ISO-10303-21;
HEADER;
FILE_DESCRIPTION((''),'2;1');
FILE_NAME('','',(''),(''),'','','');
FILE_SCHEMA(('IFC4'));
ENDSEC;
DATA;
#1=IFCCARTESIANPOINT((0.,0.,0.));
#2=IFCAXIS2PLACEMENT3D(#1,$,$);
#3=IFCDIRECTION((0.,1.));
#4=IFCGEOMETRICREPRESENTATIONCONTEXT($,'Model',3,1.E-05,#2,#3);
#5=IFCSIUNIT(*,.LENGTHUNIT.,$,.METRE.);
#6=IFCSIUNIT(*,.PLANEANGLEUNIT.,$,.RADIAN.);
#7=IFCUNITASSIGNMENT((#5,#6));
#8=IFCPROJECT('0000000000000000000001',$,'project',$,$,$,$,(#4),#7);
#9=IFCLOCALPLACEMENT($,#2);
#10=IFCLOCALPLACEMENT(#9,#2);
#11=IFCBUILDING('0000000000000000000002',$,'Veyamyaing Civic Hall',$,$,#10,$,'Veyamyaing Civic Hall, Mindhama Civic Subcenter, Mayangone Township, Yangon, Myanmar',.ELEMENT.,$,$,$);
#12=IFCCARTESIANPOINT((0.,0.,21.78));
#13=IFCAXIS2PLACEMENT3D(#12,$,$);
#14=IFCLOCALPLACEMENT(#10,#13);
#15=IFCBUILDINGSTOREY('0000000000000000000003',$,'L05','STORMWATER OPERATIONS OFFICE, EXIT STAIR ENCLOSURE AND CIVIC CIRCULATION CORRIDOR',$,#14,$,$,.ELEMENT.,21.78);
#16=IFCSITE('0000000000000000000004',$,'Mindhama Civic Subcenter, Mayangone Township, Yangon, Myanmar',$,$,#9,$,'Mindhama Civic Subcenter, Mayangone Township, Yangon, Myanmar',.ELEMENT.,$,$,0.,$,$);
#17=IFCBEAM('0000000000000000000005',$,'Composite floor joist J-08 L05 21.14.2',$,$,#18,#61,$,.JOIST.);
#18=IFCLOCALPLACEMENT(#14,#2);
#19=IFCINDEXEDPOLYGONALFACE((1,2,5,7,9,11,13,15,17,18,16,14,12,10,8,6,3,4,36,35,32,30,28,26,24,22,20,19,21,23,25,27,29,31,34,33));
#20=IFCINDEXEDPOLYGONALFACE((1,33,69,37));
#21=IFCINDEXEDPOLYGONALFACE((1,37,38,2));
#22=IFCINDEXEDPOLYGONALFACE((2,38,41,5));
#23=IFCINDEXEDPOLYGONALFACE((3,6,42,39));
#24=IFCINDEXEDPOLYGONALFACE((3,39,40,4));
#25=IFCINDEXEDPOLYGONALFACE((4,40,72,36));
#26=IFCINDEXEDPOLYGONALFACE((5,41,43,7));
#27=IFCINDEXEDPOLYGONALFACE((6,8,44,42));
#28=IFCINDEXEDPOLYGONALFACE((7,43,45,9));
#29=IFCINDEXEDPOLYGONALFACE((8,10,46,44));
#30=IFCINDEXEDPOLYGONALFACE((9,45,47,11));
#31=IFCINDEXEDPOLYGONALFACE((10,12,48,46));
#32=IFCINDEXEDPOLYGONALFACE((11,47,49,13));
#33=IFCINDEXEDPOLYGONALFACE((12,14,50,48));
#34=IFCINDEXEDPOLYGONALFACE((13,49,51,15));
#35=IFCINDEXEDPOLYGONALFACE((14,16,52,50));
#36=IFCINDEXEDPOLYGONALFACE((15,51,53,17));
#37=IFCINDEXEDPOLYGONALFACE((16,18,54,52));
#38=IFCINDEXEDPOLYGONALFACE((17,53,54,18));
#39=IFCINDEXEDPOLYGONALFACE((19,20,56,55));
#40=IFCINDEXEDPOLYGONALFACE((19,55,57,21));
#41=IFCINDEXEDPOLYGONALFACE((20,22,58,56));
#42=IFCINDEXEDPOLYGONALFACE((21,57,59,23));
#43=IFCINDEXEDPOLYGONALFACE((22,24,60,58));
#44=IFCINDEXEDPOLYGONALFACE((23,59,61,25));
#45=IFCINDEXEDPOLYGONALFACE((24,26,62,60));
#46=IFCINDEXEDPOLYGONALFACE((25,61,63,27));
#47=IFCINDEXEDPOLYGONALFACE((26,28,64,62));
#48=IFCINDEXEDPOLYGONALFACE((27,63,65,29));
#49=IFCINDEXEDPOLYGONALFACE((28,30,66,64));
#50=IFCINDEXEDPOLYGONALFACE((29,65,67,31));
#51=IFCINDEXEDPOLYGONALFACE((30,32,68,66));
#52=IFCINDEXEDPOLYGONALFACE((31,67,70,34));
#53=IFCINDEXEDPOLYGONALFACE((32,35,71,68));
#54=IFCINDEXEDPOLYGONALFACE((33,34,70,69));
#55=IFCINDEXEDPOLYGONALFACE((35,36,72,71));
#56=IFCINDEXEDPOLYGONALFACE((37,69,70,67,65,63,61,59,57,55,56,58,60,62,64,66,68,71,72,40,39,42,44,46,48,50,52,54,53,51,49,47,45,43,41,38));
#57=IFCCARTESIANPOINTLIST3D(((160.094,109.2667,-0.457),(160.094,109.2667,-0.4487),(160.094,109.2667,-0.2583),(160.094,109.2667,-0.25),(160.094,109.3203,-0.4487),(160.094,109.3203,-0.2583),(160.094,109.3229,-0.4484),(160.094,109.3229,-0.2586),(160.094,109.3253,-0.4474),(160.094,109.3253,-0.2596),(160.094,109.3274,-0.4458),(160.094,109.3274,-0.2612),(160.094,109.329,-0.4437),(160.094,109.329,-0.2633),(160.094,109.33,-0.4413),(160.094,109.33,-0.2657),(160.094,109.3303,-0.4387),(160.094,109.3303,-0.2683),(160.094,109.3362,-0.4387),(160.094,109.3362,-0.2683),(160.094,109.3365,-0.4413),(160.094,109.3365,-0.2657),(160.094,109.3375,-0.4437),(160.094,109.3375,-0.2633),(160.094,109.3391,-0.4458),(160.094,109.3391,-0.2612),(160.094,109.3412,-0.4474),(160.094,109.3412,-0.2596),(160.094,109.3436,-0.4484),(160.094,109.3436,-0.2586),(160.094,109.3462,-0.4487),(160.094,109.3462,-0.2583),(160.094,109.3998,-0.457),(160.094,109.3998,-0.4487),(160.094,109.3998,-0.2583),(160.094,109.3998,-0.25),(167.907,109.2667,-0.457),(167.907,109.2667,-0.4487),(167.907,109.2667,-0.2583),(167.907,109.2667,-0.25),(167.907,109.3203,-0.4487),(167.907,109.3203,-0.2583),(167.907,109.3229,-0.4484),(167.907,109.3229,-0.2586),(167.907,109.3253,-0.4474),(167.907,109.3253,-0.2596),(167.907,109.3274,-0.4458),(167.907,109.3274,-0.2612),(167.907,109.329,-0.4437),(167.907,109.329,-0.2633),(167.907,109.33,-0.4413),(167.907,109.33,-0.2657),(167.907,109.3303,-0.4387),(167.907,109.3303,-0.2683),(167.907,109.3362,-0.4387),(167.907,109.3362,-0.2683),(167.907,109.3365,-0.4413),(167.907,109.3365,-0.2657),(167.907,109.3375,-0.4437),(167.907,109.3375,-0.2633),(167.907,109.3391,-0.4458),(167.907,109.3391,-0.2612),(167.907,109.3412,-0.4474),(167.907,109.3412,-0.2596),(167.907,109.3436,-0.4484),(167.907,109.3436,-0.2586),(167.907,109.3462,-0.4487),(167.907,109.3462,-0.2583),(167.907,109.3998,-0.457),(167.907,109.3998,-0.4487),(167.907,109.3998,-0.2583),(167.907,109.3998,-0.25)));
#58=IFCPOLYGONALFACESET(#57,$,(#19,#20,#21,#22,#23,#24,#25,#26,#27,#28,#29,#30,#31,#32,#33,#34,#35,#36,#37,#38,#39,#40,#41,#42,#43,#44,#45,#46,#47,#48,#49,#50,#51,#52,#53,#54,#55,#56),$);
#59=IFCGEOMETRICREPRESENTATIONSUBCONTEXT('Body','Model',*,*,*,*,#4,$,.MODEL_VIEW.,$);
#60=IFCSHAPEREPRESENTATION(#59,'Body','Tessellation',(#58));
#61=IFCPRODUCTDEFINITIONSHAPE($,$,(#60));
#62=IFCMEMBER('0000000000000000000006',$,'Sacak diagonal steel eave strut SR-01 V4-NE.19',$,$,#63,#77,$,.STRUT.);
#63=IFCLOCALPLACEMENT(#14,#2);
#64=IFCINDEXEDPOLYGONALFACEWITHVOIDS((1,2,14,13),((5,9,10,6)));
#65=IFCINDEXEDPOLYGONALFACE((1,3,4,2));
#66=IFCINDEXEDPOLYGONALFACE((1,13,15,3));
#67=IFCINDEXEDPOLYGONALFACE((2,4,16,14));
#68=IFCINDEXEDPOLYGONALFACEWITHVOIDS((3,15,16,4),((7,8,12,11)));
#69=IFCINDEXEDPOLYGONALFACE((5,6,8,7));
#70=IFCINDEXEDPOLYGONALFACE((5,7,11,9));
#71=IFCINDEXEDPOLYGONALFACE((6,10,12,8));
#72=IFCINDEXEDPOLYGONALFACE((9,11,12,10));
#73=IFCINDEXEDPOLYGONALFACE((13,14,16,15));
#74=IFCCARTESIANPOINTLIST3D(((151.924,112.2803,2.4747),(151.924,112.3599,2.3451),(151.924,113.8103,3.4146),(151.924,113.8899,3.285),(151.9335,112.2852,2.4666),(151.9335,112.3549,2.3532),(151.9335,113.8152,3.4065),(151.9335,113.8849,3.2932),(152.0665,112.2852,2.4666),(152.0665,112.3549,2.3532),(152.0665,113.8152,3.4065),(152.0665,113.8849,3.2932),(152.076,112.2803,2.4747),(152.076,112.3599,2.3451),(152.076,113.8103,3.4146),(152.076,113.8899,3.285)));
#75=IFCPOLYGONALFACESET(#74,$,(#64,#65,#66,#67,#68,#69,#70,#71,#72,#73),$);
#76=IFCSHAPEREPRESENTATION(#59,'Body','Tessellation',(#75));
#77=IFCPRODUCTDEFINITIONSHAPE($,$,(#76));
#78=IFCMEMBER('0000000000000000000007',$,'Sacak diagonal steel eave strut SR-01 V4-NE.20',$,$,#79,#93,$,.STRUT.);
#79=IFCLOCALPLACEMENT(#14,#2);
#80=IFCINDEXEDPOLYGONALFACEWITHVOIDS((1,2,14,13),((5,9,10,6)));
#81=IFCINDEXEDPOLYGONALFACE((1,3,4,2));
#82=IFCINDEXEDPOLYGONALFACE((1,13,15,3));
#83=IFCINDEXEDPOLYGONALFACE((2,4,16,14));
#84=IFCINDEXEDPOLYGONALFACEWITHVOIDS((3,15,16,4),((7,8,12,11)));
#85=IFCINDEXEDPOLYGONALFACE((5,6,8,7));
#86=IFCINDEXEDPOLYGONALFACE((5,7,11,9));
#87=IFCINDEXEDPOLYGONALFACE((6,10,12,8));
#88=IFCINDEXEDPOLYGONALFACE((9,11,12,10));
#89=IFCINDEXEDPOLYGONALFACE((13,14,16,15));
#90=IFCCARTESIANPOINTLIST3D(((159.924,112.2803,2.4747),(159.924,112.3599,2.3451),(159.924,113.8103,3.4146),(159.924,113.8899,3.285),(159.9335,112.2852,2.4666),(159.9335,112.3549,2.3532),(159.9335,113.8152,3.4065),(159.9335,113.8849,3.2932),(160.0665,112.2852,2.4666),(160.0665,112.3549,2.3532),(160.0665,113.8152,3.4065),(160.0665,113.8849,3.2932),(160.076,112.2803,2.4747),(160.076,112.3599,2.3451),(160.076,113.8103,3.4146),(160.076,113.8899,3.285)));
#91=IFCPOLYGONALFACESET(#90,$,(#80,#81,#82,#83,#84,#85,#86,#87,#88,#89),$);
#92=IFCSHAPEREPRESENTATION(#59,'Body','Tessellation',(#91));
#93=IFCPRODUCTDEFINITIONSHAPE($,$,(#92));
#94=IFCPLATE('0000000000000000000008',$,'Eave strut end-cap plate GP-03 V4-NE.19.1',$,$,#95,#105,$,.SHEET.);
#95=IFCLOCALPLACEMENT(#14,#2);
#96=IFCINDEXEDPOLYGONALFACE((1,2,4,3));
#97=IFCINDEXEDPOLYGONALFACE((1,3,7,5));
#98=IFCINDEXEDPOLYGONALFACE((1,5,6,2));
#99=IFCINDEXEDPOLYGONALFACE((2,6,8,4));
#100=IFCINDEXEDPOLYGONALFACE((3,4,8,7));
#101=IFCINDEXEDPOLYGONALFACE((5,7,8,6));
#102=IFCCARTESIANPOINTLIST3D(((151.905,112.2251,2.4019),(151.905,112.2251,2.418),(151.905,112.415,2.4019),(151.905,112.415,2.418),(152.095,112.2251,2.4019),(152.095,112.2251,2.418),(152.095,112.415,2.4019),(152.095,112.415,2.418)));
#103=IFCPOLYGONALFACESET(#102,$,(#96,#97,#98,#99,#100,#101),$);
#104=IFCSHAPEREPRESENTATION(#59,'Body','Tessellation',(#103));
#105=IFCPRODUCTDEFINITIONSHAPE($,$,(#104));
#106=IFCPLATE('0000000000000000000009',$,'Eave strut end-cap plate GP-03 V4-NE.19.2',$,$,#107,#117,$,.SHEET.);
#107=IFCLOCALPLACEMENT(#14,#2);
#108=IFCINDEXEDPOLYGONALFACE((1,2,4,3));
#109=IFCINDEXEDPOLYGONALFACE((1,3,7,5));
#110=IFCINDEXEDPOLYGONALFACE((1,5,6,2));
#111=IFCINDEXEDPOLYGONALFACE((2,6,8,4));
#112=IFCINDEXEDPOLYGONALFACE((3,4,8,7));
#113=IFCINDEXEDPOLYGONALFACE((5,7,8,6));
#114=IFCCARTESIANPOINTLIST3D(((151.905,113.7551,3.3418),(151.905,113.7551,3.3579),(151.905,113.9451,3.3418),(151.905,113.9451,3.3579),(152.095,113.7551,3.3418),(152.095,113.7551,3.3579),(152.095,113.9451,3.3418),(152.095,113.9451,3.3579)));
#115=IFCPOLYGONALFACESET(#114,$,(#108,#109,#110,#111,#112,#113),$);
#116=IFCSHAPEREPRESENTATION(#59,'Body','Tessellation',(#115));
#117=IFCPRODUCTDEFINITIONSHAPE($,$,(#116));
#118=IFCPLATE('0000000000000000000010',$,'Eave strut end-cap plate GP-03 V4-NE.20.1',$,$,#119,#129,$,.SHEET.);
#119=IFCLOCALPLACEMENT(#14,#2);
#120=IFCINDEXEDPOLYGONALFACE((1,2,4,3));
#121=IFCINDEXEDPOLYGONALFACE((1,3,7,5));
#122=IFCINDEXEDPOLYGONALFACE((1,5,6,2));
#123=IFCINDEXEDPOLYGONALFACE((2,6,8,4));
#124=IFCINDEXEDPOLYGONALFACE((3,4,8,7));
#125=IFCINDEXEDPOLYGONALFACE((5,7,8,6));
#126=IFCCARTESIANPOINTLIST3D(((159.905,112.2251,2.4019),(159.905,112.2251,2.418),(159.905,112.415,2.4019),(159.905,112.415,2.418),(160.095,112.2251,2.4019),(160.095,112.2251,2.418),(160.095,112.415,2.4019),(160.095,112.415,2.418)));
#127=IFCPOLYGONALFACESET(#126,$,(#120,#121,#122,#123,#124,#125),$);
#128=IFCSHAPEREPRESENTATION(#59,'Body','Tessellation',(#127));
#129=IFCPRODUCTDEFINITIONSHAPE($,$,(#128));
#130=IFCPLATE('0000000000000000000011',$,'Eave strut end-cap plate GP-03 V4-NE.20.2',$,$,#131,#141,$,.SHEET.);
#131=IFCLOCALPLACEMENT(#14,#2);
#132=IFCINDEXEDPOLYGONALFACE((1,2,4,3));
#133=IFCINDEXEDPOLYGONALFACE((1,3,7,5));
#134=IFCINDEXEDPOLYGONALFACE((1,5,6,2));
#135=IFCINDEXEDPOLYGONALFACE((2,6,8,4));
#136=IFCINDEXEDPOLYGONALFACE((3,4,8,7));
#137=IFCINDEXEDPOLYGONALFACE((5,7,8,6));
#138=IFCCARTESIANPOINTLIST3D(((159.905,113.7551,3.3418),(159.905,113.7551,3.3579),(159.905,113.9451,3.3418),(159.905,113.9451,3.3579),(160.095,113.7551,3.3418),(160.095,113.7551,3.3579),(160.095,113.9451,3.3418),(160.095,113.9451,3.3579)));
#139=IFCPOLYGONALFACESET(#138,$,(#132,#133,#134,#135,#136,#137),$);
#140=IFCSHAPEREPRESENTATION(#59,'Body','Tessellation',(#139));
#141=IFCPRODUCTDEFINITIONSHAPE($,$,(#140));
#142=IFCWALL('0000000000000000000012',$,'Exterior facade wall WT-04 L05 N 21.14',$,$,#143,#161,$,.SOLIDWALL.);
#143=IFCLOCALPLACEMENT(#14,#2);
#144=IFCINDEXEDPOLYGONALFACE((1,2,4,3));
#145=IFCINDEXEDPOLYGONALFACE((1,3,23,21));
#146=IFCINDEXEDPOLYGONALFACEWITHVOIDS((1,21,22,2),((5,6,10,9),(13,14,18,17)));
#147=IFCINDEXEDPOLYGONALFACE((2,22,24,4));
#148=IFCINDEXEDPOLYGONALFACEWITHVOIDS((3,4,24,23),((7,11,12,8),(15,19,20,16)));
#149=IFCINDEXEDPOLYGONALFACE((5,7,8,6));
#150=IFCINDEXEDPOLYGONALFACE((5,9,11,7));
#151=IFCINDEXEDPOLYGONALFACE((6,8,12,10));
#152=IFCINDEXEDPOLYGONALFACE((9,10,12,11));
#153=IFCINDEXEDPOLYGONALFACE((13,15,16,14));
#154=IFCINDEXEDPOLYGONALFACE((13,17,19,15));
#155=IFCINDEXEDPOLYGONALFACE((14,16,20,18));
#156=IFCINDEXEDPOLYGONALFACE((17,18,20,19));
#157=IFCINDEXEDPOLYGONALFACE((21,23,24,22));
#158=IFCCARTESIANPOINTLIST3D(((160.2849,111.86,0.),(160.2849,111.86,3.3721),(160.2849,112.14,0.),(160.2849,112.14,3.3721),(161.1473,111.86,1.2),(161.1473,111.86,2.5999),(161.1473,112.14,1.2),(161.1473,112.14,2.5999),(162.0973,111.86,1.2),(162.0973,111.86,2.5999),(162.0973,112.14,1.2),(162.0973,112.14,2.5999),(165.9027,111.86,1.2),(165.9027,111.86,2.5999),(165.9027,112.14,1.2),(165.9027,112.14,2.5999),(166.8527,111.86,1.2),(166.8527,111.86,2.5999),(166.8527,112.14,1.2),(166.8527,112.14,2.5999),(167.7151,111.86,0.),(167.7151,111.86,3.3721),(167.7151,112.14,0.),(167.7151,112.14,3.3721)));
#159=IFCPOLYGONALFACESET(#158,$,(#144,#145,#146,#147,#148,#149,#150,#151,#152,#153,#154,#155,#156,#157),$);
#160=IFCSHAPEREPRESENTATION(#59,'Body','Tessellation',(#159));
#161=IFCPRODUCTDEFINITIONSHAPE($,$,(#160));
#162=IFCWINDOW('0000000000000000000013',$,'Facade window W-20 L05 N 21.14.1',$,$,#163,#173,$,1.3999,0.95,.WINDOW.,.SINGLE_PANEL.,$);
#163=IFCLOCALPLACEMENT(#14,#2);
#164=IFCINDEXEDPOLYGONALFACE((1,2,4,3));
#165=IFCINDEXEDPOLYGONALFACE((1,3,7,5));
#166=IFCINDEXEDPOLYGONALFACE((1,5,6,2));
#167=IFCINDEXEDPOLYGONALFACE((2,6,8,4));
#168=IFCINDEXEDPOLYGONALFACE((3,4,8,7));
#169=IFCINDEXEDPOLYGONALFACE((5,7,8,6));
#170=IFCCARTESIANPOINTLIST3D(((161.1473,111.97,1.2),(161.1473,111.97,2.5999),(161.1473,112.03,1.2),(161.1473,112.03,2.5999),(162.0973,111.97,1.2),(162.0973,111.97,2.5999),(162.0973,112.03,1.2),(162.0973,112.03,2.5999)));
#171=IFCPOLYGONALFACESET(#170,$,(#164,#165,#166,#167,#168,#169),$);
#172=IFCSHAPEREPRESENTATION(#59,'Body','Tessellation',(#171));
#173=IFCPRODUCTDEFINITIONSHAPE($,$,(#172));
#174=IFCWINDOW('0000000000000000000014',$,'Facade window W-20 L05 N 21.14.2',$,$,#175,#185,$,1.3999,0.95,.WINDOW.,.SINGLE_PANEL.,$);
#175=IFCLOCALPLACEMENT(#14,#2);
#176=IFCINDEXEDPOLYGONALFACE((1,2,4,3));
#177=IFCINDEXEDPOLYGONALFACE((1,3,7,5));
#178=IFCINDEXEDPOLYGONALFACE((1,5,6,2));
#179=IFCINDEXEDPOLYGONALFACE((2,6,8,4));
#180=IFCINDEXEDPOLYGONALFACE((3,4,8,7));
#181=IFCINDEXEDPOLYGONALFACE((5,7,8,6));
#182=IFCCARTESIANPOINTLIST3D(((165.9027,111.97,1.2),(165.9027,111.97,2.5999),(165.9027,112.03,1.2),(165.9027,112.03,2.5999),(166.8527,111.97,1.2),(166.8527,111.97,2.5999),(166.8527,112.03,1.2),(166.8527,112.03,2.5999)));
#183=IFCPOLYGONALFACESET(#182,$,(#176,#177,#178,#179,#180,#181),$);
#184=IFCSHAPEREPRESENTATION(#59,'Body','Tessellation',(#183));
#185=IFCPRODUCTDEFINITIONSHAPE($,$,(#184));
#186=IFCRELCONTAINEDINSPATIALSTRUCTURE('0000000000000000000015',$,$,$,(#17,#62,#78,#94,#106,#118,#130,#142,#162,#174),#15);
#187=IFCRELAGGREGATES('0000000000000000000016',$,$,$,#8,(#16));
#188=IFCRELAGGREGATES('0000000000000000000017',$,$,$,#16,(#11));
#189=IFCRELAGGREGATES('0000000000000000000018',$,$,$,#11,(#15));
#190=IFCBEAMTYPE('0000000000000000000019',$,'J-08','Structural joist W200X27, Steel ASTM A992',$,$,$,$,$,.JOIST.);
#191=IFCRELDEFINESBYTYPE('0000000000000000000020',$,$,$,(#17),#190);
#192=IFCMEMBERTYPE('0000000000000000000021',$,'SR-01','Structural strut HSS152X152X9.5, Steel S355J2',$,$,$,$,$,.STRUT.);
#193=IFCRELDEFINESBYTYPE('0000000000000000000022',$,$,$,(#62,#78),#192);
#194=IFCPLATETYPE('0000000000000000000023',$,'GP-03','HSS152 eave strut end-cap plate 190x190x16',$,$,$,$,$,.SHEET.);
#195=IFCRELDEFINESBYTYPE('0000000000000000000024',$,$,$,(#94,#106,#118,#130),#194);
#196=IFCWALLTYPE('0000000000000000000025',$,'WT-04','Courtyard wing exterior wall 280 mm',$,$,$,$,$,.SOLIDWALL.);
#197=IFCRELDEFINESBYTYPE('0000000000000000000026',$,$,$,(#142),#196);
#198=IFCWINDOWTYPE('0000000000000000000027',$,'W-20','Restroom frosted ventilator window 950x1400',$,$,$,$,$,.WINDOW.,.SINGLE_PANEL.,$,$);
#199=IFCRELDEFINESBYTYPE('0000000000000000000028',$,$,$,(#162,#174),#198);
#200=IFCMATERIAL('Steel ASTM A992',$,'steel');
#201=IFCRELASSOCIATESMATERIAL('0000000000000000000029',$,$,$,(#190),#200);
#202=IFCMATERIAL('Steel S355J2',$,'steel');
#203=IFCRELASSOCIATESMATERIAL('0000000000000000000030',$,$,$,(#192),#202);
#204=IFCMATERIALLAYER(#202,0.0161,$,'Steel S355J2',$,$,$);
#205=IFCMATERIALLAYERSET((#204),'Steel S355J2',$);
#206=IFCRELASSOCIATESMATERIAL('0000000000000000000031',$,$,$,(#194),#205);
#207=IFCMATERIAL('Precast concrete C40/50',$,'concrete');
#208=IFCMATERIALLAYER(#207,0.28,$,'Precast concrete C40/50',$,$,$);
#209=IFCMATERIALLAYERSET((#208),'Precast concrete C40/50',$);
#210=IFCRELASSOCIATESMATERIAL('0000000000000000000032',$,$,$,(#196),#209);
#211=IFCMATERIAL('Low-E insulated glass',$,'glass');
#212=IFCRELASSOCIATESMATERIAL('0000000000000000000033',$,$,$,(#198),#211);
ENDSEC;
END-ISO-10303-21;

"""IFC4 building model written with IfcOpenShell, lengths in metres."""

from ifc_helpers import new_model, si_unit, direction, frame, frame_2d, origin, origin_2d, place, context, subcontext, project, spatial, rectangle, hollow_rectangle, i_section, extrude, material, layer, layer_set, material_profile, profile_set, type_object, element, fill, save


model = new_model("IFC4")

# Units and contexts
model_context = context("Model", 3, precision=1e-05, world=origin(), true_north=direction((0.0, 1.0)))
body_context = subcontext(model_context, "Body", "Model", "MODEL_VIEW")
ifc_project = project(units=[si_unit("LENGTHUNIT", "METRE"), si_unit("PLANEANGLEUNIT", "RADIAN")], contexts=[model_context])

# Site, building, storey
site_placement = place(None, origin())
site = spatial("IfcSite", under=ifc_project, at=site_placement, Name="Mindhama Civic Subcenter, Mayangone Township, Yangon, Myanmar", LongName="Mindhama Civic Subcenter, Mayangone Township, Yangon, Myanmar", CompositionType="ELEMENT", RefElevation=0.0)
building_placement = place(site_placement, origin())
building = spatial("IfcBuilding", under=site, at=building_placement, Name="Veyamyaing Civic Hall", LongName="Veyamyaing Civic Hall, Mindhama Civic Subcenter, Mayangone Township, Yangon, Myanmar", CompositionType="ELEMENT")
storey_placement = place(building_placement, frame((0.0, 0.0, 21.78)))
storey = spatial("IfcBuildingStorey", under=building, at=storey_placement, Name="L05", Description="STORMWATER OPERATIONS OFFICE, EXIT STAIR ENCLOSURE AND CIVIC CIRCULATION CORRIDOR", CompositionType="ELEMENT", Elevation=21.78)

# Beam
ifc_material_1 = material(Name="Steel ASTM A992", Category="steel")
ifc_material_profile_1 = material_profile(ifc_material_1, i_section(OverallWidth=0.1331, OverallDepth=0.207, WebThickness=0.0059, FlangeThickness=0.0083, FilletRadius=0.01, at=origin_2d()), Name="W200X27")
ifc_profile_set_1 = profile_set([ifc_material_profile_1], Name="Steel ASTM A992")
beam_type_1 = type_object("IfcBeamType", Name="J-08", Description="Structural joist W200X27, Steel ASTM A992", PredefinedType="JOIST", material=ifc_profile_set_1)
beam_1_placement = place(storey_placement, frame((160.094, 109.3333, -0.3535), z_axis=(1.0, 0.0, 0.0), x_axis=(0.0, 1.0, 0.0)))
element("IfcBeam", 1, at=beam_1_placement, inside=storey, type_object=beam_type_1, Name="Composite floor joist J-08 L05 21.14.2", PredefinedType="JOIST", context=body_context, shape_type="SweptSolid", body=[
    extrude(i_section(OverallWidth=0.1331, OverallDepth=0.207, WebThickness=0.0059, FlangeThickness=0.0083, FilletRadius=0.01, at=origin_2d()), origin(), (0.0, 0.0, 1.0), 7.813),
])

# Members
ifc_material_2 = material(Name="Steel S355J2", Category="steel")
ifc_material_profile_2 = material_profile(ifc_material_2, hollow_rectangle(XDim=0.1521, YDim=0.1521, WallThickness=0.0095, at=origin_2d()), Name="HSS152X152X9.5")
ifc_profile_set_2 = profile_set([ifc_material_profile_2], Name="Steel S355J2")
member_type = type_object("IfcMemberType", Name="SR-01", Description="Structural strut HSS152X152X9.5, Steel S355J2", PredefinedType="STRUT", material=ifc_profile_set_2)
for number, where, z_axis, x_axis, name in (
    (2, (152.0, 112.3201, 2.4099), (0.0, 0.85206, 0.523445), (-1.0, 0.0, 0.0), "Sacak diagonal steel eave strut SR-01 V4-NE.19"),
    (3, (160.0, 112.3201, 2.4099), (0.0, 0.85206, 0.523445), (-1.0, 0.0, 0.0), "Sacak diagonal steel eave strut SR-01 V4-NE.20"),
):
    element("IfcMember", number, at=place(storey_placement, frame(where, z_axis=z_axis, x_axis=x_axis)), inside=storey, type_object=member_type, Name=name, PredefinedType="STRUT", context=body_context, shape_type="SweptSolid", body=[
        extrude(hollow_rectangle(XDim=0.1521, YDim=0.1521, WallThickness=0.0095, at=origin_2d()), origin(), (0.0, 0.0, 1.0), 1.7957),
    ])

# Plates
ifc_layer_1 = layer(ifc_material_2, 0.0161, Name="Steel S355J2")
ifc_layer_set_1 = layer_set([ifc_layer_1], Name="Steel S355J2")
plate_type = type_object("IfcPlateType", Name="GP-03", Description="HSS152 eave strut end-cap plate 190x190x16", PredefinedType="SHEET", material=ifc_layer_set_1)
for number, where, z_axis, x_axis, name in (
    (4, (152.0, 112.3201, 2.4019), (0.0, 0.0, 1.0), (0.0, 1.0, 0.0), "Eave strut end-cap plate GP-03 V4-NE.19.1"),
    (5, (152.0, 113.8501, 3.3418), (0.0, 0.0, 1.0), (0.0, 1.0, 0.0), "Eave strut end-cap plate GP-03 V4-NE.19.2"),
    (6, (160.0, 112.3201, 2.4019), (0.0, 0.0, 1.0), (0.0, 1.0, 0.0), "Eave strut end-cap plate GP-03 V4-NE.20.1"),
    (7, (160.0, 113.8501, 3.3418), (0.0, 0.0, 1.0), (0.0, 1.0, 0.0), "Eave strut end-cap plate GP-03 V4-NE.20.2"),
):
    element("IfcPlate", number, at=place(storey_placement, frame(where, z_axis=z_axis, x_axis=x_axis)), inside=storey, type_object=plate_type, Name=name, PredefinedType="SHEET", context=body_context, shape_type="SweptSolid", body=[
        extrude(rectangle(XDim=0.1899, YDim=0.1899, at=origin_2d()), origin(), (0.0, 0.0, 1.0), 0.0161),
    ])

# Wall, openings, windows
ifc_material_3 = material(Name="Precast concrete C40/50", Category="concrete")
ifc_layer_2 = layer(ifc_material_3, 0.28, Name="Precast concrete C40/50")
ifc_layer_set_2 = layer_set([ifc_layer_2], Name="Precast concrete C40/50")
wall_type_1 = type_object("IfcWallType", Name="WT-04", Description="Courtyard wing exterior wall 280 mm", PredefinedType="SOLIDWALL", material=ifc_layer_set_2)
wall_1_placement = place(storey_placement, frame((160.2849, 112.0, 0.0), z_axis=(0.0, 0.0, 1.0), x_axis=(1.0, 0.0, 0.0)))
wall_1 = element("IfcWall", 8, at=wall_1_placement, inside=storey, type_object=wall_type_1, Name="Exterior facade wall WT-04 L05 N 21.14", PredefinedType="SOLIDWALL", context=body_context, shape_type="SweptSolid", body=[
    extrude(rectangle(XDim=7.4302, YDim=0.28, at=frame_2d((3.7151, 0.0))), origin(), (0.0, 0.0, 1.0), 3.3721),
])
opening_1_placement = place(wall_1_placement, frame((0.8623, 0.0, 1.2)))
opening_1 = element("IfcOpeningElement", 9, at=opening_1_placement, cuts=wall_1, PredefinedType="OPENING", context=body_context, shape_type="SweptSolid", body=[
    extrude(rectangle(XDim=0.95, YDim=1.3999, at=frame_2d((0.4751, 0.7))), frame((0.0, 0.1499, 0.0), z_axis=(0.0, -1.0, 0.0), x_axis=(1.0, 0.0, 0.0)), (0.0, 0.0, 1.0), 0.3),
])
opening_2_placement = place(wall_1_placement, frame((5.6177, 0.0, 1.2)))
opening_2 = element("IfcOpeningElement", 10, at=opening_2_placement, cuts=wall_1, PredefinedType="OPENING", context=body_context, shape_type="SweptSolid", body=[
    extrude(rectangle(XDim=0.95, YDim=1.3999, at=frame_2d((0.4751, 0.7))), frame((0.0, 0.1499, 0.0), z_axis=(0.0, -1.0, 0.0), x_axis=(1.0, 0.0, 0.0)), (0.0, 0.0, 1.0), 0.3),
])
ifc_material_4 = material(Name="Low-E insulated glass", Category="glass")
window_type = type_object("IfcWindowType", Name="W-20", Description="Restroom frosted ventilator window 950x1400", PartitioningType="SINGLE_PANEL", PredefinedType="WINDOW", material=ifc_material_4)
window_1_placement = place(opening_1_placement, origin())
window_1 = element("IfcWindow", 11, at=window_1_placement, inside=storey, type_object=window_type, Name="Facade window W-20 L05 N 21.14.1", OverallHeight=1.3999, OverallWidth=0.95, PartitioningType="SINGLE_PANEL", PredefinedType="WINDOW", context=body_context, shape_type="SweptSolid", body=[
    extrude(rectangle(XDim=0.95, YDim=1.3999, at=frame_2d((0.4751, 0.7))), frame((0.0, 0.03, 0.0), z_axis=(0.0, -1.0, 0.0), x_axis=(1.0, 0.0, 0.0)), (0.0, 0.0, 1.0), 0.0601),
])
fill(opening_1, window_1)
window_2_placement = place(opening_2_placement, origin())
window_2 = element("IfcWindow", 12, at=window_2_placement, inside=storey, type_object=window_type, Name="Facade window W-20 L05 N 21.14.2", OverallHeight=1.3999, OverallWidth=0.95, PartitioningType="SINGLE_PANEL", PredefinedType="WINDOW", context=body_context, shape_type="SweptSolid", body=[
    extrude(rectangle(XDim=0.95, YDim=1.3999, at=frame_2d((0.4751, 0.7))), frame((0.0, 0.03, 0.0), z_axis=(0.0, -1.0, 0.0), x_axis=(1.0, 0.0, 0.0)), (0.0, 0.0, 1.0), 0.0601),
])
fill(opening_2, window_2)

save(model, "model.ifc")
